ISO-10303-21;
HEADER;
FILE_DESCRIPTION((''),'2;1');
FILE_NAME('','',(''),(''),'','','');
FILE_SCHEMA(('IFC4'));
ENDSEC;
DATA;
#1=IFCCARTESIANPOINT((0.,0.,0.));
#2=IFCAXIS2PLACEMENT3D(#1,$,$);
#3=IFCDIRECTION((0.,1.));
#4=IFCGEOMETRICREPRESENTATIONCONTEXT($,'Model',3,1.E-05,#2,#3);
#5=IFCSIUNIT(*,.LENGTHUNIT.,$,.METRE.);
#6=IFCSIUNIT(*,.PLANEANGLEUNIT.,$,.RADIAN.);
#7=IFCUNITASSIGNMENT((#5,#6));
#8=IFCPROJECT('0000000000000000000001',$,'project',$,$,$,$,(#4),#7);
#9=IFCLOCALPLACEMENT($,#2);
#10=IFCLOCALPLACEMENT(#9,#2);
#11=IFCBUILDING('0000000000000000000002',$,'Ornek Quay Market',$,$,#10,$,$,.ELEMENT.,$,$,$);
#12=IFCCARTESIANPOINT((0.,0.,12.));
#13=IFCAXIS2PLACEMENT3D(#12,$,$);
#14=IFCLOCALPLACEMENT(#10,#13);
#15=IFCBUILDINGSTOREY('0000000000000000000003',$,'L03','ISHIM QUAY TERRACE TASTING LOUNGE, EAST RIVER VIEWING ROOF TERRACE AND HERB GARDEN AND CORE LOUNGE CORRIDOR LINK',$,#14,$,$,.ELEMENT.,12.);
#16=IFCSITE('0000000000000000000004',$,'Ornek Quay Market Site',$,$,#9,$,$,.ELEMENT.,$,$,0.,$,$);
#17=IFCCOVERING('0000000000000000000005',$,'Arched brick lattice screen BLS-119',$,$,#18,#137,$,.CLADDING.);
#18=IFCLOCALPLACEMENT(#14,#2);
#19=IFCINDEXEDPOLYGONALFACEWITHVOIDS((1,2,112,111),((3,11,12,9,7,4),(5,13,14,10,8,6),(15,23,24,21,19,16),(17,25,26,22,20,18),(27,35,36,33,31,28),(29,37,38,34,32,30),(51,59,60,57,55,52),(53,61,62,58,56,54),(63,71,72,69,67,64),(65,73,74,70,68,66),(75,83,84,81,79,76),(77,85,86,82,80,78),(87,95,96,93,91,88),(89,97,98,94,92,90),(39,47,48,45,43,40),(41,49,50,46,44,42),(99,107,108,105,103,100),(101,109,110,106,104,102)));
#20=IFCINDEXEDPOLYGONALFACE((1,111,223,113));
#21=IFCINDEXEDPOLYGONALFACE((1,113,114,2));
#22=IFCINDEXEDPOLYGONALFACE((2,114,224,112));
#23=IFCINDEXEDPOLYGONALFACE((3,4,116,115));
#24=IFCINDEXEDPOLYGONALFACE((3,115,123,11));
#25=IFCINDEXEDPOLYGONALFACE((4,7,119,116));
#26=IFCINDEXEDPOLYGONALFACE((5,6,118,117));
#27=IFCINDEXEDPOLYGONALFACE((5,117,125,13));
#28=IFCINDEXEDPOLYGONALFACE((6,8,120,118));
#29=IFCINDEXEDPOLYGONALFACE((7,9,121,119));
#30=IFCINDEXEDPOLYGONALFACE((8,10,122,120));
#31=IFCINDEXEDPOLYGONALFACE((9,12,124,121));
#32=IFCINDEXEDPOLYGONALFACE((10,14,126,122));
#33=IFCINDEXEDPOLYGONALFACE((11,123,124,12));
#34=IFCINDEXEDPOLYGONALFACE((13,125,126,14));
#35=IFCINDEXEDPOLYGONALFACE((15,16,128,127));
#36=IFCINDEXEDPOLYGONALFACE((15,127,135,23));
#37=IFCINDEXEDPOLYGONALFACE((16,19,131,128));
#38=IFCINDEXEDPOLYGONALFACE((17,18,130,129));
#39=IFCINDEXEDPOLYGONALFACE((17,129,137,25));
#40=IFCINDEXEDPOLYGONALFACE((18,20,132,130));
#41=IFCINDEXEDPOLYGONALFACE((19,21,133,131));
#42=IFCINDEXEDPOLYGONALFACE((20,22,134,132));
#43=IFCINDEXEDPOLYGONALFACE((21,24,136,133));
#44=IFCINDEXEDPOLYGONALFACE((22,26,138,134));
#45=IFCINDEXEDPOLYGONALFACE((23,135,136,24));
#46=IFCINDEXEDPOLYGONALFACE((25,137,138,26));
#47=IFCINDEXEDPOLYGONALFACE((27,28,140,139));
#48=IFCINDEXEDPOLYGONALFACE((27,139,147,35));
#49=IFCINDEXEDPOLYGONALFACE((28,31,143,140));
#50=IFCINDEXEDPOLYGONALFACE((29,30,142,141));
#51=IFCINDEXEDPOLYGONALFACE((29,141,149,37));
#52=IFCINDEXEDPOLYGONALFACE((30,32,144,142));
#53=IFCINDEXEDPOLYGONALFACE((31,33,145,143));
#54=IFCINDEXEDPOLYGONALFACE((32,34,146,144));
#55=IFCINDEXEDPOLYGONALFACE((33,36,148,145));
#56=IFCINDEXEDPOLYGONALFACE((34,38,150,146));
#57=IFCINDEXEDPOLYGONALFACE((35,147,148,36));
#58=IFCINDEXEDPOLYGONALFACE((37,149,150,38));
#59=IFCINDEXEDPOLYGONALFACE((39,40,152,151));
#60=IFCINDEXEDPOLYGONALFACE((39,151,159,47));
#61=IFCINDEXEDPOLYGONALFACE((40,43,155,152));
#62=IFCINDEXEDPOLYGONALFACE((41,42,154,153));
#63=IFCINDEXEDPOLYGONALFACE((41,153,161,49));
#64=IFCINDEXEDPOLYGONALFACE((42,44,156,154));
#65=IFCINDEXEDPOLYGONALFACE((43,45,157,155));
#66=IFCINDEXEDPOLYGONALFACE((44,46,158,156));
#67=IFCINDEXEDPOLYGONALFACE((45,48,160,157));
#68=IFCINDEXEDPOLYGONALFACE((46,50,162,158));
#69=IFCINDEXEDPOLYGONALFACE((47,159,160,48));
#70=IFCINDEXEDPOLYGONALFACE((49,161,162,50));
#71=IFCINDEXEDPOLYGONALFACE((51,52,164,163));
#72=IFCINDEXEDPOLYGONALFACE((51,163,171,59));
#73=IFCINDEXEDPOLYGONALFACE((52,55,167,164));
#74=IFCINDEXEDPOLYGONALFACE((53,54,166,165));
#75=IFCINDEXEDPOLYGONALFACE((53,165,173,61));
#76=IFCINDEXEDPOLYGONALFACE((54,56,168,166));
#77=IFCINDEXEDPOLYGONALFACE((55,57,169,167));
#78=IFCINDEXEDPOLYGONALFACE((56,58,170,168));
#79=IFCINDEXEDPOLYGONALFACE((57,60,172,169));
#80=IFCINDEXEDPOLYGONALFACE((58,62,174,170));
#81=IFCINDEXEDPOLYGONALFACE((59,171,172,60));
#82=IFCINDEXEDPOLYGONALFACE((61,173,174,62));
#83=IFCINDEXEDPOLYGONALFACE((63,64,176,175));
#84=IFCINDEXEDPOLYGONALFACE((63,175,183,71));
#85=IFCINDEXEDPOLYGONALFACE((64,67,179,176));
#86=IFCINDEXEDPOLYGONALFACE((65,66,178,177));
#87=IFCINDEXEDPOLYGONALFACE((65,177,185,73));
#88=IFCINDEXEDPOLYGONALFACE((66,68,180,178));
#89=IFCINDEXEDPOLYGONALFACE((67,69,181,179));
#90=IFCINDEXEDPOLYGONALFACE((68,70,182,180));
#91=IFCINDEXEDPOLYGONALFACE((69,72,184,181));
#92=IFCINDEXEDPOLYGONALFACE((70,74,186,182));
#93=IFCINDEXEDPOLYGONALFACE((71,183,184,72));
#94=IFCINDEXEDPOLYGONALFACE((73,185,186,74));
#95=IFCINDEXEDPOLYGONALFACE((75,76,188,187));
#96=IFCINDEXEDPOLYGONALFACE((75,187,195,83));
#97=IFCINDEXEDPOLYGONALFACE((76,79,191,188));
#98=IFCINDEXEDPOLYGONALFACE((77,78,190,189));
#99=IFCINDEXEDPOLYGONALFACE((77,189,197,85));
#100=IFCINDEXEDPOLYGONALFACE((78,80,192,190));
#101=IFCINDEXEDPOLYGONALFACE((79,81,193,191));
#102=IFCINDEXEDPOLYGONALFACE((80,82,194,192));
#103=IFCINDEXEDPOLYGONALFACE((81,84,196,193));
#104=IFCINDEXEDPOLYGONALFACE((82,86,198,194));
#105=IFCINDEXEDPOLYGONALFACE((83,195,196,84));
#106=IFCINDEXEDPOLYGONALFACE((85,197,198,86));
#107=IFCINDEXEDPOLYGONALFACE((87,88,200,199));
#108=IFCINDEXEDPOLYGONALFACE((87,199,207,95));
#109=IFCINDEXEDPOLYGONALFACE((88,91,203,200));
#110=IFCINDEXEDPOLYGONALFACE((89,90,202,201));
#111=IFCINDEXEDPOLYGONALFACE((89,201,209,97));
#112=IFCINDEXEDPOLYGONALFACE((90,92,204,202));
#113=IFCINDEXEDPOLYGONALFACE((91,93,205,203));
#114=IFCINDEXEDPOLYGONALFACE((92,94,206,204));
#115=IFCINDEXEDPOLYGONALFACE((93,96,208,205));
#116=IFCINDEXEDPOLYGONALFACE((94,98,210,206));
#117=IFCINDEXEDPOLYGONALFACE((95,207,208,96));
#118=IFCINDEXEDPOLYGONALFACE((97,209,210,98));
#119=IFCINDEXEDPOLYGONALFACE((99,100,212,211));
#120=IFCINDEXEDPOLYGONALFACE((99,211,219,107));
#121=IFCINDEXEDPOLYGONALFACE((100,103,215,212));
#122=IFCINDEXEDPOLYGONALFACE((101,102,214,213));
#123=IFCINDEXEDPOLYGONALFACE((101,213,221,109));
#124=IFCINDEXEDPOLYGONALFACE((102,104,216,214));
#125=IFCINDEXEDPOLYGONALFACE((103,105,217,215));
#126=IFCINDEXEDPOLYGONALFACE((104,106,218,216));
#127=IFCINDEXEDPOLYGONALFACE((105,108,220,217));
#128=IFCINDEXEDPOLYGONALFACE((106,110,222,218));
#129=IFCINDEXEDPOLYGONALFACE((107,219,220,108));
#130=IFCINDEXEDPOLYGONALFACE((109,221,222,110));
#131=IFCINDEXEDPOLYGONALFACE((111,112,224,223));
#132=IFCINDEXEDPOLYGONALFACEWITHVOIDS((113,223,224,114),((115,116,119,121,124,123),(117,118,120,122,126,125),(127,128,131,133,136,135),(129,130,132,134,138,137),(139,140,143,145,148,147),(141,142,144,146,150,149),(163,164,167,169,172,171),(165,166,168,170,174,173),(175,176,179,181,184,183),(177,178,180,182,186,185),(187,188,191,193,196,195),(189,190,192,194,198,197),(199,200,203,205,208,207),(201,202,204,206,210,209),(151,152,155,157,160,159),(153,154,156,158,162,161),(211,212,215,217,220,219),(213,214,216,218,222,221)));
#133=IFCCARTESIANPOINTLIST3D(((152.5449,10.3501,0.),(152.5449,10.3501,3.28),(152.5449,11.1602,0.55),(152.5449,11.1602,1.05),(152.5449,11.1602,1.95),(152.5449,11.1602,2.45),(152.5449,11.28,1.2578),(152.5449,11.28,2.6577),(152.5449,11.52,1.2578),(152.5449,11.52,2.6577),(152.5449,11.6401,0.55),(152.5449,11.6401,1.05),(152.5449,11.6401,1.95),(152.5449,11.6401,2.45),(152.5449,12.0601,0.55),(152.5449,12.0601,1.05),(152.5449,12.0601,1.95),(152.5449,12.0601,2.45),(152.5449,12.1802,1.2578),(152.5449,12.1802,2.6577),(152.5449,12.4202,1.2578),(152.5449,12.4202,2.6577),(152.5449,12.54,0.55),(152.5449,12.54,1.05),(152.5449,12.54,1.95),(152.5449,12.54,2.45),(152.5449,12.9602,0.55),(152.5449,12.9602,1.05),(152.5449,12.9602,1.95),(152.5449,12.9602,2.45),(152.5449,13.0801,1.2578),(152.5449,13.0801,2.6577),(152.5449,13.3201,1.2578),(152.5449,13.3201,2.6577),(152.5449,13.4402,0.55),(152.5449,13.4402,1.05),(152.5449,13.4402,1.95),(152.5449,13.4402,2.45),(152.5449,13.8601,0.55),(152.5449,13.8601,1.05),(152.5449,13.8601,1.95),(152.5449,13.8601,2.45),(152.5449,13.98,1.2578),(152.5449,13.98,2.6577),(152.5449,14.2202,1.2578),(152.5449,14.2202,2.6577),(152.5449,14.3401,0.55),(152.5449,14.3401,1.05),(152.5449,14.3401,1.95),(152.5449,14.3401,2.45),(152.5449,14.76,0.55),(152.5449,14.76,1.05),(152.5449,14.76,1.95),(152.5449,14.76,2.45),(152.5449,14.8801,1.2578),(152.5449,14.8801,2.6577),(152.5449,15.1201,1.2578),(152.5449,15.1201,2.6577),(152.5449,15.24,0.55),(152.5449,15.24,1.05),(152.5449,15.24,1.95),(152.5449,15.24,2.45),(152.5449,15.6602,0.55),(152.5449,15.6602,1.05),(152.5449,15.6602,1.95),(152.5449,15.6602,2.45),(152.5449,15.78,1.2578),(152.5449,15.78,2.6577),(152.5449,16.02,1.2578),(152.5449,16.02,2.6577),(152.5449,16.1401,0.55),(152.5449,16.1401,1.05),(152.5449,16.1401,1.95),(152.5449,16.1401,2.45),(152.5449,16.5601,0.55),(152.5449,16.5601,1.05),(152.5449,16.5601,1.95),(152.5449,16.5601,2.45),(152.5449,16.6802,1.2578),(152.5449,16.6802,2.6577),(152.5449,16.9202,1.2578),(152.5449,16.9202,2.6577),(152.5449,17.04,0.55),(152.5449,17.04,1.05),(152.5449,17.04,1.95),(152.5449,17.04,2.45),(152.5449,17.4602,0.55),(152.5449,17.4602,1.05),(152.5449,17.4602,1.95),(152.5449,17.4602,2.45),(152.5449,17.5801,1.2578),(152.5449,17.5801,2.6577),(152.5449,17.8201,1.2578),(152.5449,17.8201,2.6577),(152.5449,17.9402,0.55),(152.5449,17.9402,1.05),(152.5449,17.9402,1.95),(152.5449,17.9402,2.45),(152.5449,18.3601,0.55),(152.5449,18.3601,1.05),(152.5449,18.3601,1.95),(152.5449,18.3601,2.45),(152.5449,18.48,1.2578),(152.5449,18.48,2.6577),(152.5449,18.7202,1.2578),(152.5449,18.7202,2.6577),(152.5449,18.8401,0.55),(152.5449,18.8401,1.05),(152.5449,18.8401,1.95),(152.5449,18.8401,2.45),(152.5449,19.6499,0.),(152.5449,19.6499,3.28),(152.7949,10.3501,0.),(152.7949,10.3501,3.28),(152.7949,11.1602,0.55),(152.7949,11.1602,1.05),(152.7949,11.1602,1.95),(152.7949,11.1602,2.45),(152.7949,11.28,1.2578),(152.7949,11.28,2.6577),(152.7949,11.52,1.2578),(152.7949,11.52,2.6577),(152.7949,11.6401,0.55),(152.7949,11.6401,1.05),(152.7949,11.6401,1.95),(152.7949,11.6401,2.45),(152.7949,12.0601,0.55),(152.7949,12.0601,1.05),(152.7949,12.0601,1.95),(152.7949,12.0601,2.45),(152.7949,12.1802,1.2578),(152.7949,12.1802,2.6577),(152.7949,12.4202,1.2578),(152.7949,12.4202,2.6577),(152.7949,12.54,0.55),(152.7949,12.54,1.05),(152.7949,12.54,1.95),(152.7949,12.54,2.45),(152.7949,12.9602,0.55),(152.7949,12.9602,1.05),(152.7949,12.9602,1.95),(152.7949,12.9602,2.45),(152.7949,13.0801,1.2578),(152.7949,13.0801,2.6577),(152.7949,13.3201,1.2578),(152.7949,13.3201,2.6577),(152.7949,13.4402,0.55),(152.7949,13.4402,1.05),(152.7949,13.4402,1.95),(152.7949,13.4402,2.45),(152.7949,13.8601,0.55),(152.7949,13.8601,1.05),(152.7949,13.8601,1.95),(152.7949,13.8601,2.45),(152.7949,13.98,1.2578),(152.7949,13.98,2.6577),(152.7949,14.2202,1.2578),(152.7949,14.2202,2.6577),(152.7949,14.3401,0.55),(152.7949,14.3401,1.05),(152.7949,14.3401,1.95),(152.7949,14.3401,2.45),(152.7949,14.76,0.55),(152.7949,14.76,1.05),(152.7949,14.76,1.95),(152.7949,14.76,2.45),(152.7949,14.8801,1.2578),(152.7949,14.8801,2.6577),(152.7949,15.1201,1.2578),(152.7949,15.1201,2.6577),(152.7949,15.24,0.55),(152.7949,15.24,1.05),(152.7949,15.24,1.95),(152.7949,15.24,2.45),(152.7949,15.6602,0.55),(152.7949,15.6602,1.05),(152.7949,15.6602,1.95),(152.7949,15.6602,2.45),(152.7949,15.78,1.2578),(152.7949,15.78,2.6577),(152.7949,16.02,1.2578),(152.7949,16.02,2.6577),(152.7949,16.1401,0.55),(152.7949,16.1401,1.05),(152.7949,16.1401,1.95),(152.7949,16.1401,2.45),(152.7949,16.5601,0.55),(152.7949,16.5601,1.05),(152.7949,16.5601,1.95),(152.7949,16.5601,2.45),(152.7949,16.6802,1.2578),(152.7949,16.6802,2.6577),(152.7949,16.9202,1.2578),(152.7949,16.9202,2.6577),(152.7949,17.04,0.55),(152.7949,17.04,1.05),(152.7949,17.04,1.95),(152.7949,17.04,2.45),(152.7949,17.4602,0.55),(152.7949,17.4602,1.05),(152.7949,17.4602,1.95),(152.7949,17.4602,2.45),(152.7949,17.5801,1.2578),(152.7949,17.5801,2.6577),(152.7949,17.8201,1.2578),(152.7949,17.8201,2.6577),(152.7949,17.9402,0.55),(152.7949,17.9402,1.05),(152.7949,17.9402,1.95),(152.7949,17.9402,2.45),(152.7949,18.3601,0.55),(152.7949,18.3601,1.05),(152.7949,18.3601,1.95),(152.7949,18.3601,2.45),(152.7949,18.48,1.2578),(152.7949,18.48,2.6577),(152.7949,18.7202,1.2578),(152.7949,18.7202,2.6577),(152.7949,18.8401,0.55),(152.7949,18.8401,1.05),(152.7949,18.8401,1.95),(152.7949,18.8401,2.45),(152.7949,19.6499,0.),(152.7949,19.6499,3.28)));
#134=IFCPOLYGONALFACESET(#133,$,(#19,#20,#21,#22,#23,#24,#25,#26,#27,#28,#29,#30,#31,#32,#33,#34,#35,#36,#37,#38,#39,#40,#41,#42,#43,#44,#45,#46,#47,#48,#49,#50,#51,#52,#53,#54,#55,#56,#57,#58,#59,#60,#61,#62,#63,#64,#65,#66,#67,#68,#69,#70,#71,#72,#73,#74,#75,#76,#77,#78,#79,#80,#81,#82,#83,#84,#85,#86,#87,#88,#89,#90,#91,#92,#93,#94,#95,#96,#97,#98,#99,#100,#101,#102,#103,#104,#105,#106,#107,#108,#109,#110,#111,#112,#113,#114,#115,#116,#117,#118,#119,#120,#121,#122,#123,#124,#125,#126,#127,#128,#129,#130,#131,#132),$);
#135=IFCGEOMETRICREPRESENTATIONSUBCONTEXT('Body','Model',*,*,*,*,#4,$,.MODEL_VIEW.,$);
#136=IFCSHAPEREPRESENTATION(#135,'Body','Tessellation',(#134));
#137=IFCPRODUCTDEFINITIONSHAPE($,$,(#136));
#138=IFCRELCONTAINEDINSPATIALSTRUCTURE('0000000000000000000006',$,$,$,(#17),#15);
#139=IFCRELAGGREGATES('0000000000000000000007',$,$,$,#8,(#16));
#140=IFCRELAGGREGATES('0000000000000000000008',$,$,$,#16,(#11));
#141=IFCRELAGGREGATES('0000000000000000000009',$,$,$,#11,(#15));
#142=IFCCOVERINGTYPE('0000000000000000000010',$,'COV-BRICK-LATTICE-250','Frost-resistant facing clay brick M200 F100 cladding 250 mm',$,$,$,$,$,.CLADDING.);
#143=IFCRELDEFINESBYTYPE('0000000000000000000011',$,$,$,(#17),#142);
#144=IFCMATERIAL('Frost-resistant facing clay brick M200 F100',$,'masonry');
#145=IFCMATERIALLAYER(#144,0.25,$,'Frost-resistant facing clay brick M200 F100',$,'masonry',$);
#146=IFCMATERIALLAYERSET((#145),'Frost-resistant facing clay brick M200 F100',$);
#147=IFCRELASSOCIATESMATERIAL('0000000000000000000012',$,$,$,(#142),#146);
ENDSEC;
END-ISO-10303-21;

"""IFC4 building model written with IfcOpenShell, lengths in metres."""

from ifc_helpers import new_model, si_unit, direction, frame, origin, place, context, subcontext, project, spatial, polyline, outline, extrude, material, layer, layer_set, type_object, element, save


model = new_model("IFC4")

# Units and contexts
model_context = context("Model", 3, precision=1e-05, world=origin(), true_north=direction((0.0, 1.0)))
body_context = subcontext(model_context, "Body", "Model", "MODEL_VIEW")
ifc_project = project(units=[si_unit("LENGTHUNIT", "METRE"), si_unit("PLANEANGLEUNIT", "RADIAN")], contexts=[model_context])

# Site, building, storey
site_placement = place(None, origin())
site = spatial("IfcSite", under=ifc_project, at=site_placement, Name="Ornek Quay Market Site", CompositionType="ELEMENT", RefElevation=0.0)
building_placement = place(site_placement, origin())
building = spatial("IfcBuilding", under=site, at=building_placement, Name="Ornek Quay Market", CompositionType="ELEMENT")
storey_placement = place(building_placement, frame((0.0, 0.0, 12.0)))
storey = spatial("IfcBuildingStorey", under=building, at=storey_placement, Name="L03", Description="ISHIM QUAY TERRACE TASTING LOUNGE, EAST RIVER VIEWING ROOF TERRACE AND HERB GARDEN AND CORE LOUNGE CORRIDOR LINK", CompositionType="ELEMENT", Elevation=12.0)

# Shared definitions
ifc_material_1 = material(Name="Frost-resistant facing clay brick M200 F100", Category="masonry")

# Covering
ifc_layer_1 = layer(ifc_material_1, 0.25, Name="Frost-resistant facing clay brick M200 F100", Category="masonry")
ifc_layer_set_1 = layer_set([ifc_layer_1], Name="Frost-resistant facing clay brick M200 F100")
covering_type = type_object("IfcCoveringType", Name="COV-BRICK-LATTICE-250", Description="Frost-resistant facing clay brick M200 F100 cladding 250 mm", PredefinedType="CLADDING", material=ifc_layer_set_1)
covering_1_placement = place(storey_placement, frame((152.6699, 10.3501, 0.0), z_axis=(0.0, 0.0, 1.0), x_axis=(0.0, 1.0, 0.0)))
element("IfcCovering", 1, at=covering_1_placement, inside=storey, type_object=covering_type, Name="Arched brick lattice screen BLS-119", PredefinedType="CLADDING", context=body_context, shape_type="SweptSolid", body=[
    extrude(outline(polyline([(0.0, 0.0), (9.2998, 0.0), (9.2998, 3.28), (0.0, 3.28), (0.0, 0.0)]), holes=[polyline([(0.8101, 0.55), (1.29, 0.55), (1.29, 1.05), (1.1699, 1.2578), (0.9299, 1.2578), (0.8101, 1.05), (0.8101, 0.55)]), polyline([(0.8101, 1.95), (1.29, 1.95), (1.29, 2.45), (1.1699, 2.6577), (0.9299, 2.6577), (0.8101, 2.45), (0.8101, 1.95)]), polyline([(1.71, 0.55), (2.1899, 0.55), (2.1899, 1.05), (2.0701, 1.2578), (1.8301, 1.2578), (1.71, 1.05), (1.71, 0.55)]), polyline([(1.71, 1.95), (2.1899, 1.95), (2.1899, 2.45), (2.0701, 2.6577), (1.8301, 2.6577), (1.71, 2.45), (1.71, 1.95)]), polyline([(2.6101, 0.55), (3.0901, 0.55), (3.0901, 1.05), (2.97, 1.2578), (2.73, 1.2578), (2.6101, 1.05), (2.6101, 0.55)]), polyline([(2.6101, 1.95), (3.0901, 1.95), (3.0901, 2.45), (2.97, 2.6577), (2.73, 2.6577), (2.6101, 2.45), (2.6101, 1.95)]), polyline([(3.51, 0.55), (3.99, 0.55), (3.99, 1.05), (3.8701, 1.2578), (3.6299, 1.2578), (3.51, 1.05), (3.51, 0.55)]), polyline([(3.51, 1.95), (3.99, 1.95), (3.99, 2.45), (3.8701, 2.6577), (3.6299, 2.6577), (3.51, 2.45), (3.51, 1.95)]), polyline([(4.4099, 0.55), (4.8899, 0.55), (4.8899, 1.05), (4.77, 1.2578), (4.53, 1.2578), (4.4099, 1.05), (4.4099, 0.55)]), polyline([(4.4099, 1.95), (4.8899, 1.95), (4.8899, 2.45), (4.77, 2.6577), (4.53, 2.6577), (4.4099, 2.45), (4.4099, 1.95)]), polyline([(5.3101, 0.55), (5.79, 0.55), (5.79, 1.05), (5.6699, 1.2578), (5.4299, 1.2578), (5.3101, 1.05), (5.3101, 0.55)]), polyline([(5.3101, 1.95), (5.79, 1.95), (5.79, 2.45), (5.6699, 2.6577), (5.4299, 2.6577), (5.3101, 2.45), (5.3101, 1.95)]), polyline([(6.21, 0.55), (6.6899, 0.55), (6.6899, 1.05), (6.5701, 1.2578), (6.3301, 1.2578), (6.21, 1.05), (6.21, 0.55)]), polyline([(6.21, 1.95), (6.6899, 1.95), (6.6899, 2.45), (6.5701, 2.6577), (6.3301, 2.6577), (6.21, 2.45), (6.21, 1.95)]), polyline([(7.1101, 0.55), (7.5901, 0.55), (7.5901, 1.05), (7.47, 1.2578), (7.23, 1.2578), (7.1101, 1.05), (7.1101, 0.55)]), polyline([(7.1101, 1.95), (7.5901, 1.95), (7.5901, 2.45), (7.47, 2.6577), (7.23, 2.6577), (7.1101, 2.45), (7.1101, 1.95)]), polyline([(8.01, 0.55), (8.49, 0.55), (8.49, 1.05), (8.3701, 1.2578), (8.1299, 1.2578), (8.01, 1.05), (8.01, 0.55)]), polyline([(8.01, 1.95), (8.49, 1.95), (8.49, 2.45), (8.3701, 2.6577), (8.1299, 2.6577), (8.01, 2.45), (8.01, 1.95)])]), frame((0.0, 0.125, 0.0), z_axis=(0.0, -1.0, 0.0), x_axis=(1.0, 0.0, 0.0)), (0.0, 0.0, 1.0), 0.25),
])

save(model, "model.ifc")
